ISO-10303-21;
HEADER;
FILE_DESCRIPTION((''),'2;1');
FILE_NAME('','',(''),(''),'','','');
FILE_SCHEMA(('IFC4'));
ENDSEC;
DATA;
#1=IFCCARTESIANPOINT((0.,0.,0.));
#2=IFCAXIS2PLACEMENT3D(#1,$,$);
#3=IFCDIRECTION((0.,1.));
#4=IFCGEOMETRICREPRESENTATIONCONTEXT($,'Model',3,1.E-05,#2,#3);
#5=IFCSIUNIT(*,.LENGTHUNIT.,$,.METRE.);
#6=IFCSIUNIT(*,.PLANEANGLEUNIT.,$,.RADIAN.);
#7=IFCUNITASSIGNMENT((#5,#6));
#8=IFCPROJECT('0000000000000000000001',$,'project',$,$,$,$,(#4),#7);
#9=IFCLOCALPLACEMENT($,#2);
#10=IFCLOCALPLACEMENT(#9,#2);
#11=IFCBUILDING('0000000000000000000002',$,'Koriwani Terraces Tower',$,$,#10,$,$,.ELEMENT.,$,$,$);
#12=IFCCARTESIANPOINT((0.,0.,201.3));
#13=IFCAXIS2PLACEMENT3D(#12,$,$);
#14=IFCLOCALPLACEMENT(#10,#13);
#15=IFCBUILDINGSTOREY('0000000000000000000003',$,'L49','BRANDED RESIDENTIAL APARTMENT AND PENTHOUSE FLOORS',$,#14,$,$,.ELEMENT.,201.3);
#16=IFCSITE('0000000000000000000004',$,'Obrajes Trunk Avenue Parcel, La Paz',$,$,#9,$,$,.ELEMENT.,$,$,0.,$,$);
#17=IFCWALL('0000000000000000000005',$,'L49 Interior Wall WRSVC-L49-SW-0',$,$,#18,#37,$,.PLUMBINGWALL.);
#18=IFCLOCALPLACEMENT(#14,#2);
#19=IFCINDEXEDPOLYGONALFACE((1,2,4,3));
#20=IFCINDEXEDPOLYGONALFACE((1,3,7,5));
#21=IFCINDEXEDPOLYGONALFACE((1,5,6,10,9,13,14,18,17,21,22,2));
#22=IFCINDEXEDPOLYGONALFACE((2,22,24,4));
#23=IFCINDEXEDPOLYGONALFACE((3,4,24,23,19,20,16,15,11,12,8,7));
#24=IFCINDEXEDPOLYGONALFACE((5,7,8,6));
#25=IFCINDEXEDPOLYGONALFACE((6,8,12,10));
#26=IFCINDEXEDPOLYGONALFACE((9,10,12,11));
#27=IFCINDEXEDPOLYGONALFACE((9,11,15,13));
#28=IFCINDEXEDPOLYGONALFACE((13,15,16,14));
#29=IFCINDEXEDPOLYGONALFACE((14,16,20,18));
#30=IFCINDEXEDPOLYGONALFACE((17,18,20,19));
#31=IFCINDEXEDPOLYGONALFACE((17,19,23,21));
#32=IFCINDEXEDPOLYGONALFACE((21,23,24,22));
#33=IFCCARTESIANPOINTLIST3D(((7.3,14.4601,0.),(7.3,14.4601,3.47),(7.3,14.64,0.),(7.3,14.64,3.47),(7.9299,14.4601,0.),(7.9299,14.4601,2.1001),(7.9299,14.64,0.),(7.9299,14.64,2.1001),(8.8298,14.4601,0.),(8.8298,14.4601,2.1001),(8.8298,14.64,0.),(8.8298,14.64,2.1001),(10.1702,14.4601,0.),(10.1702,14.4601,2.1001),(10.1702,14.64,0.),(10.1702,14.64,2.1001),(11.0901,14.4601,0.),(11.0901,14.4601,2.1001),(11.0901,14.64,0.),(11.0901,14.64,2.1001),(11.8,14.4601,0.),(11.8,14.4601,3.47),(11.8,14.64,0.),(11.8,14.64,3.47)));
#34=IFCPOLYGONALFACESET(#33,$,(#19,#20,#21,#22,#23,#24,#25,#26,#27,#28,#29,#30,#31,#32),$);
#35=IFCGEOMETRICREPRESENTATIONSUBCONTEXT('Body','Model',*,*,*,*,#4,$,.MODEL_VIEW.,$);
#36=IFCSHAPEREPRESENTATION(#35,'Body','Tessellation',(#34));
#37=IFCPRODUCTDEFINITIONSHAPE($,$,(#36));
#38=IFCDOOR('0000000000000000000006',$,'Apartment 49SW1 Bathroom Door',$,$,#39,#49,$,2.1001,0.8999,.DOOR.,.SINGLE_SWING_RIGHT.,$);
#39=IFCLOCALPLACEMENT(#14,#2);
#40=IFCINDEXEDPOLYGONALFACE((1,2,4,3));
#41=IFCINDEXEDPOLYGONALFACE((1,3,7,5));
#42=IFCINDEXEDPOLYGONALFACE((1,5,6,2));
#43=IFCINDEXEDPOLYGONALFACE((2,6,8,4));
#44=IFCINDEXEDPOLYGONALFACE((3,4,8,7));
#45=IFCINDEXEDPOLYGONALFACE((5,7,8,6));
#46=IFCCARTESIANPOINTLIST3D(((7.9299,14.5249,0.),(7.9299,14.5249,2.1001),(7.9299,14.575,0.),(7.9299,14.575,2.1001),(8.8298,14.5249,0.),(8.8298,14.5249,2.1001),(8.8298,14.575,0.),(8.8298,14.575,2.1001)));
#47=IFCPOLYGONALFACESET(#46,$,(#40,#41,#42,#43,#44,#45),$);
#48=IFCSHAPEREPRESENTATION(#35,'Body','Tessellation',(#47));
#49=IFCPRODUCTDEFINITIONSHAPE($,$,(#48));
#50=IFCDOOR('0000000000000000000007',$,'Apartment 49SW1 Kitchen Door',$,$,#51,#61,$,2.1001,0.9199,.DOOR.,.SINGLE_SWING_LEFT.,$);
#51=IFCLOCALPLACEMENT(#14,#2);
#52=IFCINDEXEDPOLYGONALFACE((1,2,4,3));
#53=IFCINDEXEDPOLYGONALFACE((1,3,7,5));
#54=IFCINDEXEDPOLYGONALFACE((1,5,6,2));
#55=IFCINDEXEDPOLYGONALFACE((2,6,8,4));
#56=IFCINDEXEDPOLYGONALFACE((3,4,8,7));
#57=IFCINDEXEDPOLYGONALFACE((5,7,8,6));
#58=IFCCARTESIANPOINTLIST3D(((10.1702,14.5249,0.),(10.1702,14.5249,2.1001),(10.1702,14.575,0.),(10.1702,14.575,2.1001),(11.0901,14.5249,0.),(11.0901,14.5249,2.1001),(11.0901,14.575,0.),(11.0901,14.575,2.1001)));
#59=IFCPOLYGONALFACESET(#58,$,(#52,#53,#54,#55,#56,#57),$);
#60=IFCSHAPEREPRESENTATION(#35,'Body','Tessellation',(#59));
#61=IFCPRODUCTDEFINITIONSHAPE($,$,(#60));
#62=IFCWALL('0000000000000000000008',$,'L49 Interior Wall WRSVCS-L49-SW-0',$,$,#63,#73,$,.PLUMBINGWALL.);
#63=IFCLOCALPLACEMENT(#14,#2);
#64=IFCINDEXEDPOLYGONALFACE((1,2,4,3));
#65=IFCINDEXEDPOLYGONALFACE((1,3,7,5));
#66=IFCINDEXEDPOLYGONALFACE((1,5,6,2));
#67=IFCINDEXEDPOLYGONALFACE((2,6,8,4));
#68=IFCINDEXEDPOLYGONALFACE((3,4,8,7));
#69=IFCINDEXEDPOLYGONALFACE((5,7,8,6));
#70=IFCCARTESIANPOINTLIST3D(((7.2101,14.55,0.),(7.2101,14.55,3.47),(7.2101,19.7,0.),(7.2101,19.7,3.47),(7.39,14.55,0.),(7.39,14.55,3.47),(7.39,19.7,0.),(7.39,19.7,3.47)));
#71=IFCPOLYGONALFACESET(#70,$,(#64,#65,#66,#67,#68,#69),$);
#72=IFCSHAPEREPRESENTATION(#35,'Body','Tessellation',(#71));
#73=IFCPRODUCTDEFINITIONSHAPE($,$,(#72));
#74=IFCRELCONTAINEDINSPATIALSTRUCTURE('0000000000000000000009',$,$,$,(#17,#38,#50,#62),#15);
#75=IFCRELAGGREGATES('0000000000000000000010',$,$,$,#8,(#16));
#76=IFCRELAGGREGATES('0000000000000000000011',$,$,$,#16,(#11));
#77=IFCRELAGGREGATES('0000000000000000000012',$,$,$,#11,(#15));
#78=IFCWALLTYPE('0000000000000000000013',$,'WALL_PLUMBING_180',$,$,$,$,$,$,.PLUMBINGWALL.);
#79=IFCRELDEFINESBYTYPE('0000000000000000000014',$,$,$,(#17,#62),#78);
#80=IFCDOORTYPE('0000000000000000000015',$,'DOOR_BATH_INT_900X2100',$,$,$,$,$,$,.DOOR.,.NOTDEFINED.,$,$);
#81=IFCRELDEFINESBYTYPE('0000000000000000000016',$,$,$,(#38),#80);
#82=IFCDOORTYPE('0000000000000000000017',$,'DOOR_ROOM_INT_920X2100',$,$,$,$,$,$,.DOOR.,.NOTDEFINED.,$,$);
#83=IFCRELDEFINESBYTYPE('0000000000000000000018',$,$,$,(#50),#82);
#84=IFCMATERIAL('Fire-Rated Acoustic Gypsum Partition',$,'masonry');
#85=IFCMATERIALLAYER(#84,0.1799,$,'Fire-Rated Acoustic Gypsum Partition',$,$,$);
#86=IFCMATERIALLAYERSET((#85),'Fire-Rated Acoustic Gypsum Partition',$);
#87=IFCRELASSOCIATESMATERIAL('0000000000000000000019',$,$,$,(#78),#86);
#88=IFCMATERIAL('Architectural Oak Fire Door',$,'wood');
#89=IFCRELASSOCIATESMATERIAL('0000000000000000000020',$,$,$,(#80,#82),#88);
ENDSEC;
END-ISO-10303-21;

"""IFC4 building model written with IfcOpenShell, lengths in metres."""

from ifc_helpers import new_model, si_unit, direction, frame, frame_2d, origin, place, context, subcontext, project, spatial, rectangle, extrude, material, layer, layer_set, type_object, element, fill, save


model = new_model("IFC4")

# Units and contexts
model_context = context("Model", 3, precision=1e-05, world=origin(), true_north=direction((0.0, 1.0)))
body_context = subcontext(model_context, "Body", "Model", "MODEL_VIEW")
ifc_project = project(units=[si_unit("LENGTHUNIT", "METRE"), si_unit("PLANEANGLEUNIT", "RADIAN")], contexts=[model_context])

# Site, building, storey
site_placement = place(None, origin())
site = spatial("IfcSite", under=ifc_project, at=site_placement, Name="Obrajes Trunk Avenue Parcel, La Paz", CompositionType="ELEMENT", RefElevation=0.0)
building_placement = place(site_placement, origin())
building = spatial("IfcBuilding", under=site, at=building_placement, Name="Koriwani Terraces Tower", CompositionType="ELEMENT")
storey_placement = place(building_placement, frame((0.0, 0.0, 201.3)))
storey = spatial("IfcBuildingStorey", under=building, at=storey_placement, Name="L49", Description="BRANDED RESIDENTIAL APARTMENT AND PENTHOUSE FLOORS", CompositionType="ELEMENT", Elevation=201.3)

# Wall, openings, doors
ifc_material_1 = material(Name="Fire-Rated Acoustic Gypsum Partition", Category="masonry")
ifc_layer_1 = layer(ifc_material_1, 0.1799, Name="Fire-Rated Acoustic Gypsum Partition")
ifc_layer_set_1 = layer_set([ifc_layer_1], Name="Fire-Rated Acoustic Gypsum Partition")
wall_type_1 = type_object("IfcWallType", Name="WALL_PLUMBING_180", PredefinedType="PLUMBINGWALL", material=ifc_layer_set_1)
wall_1_placement = place(storey_placement, frame((7.3, 14.55, 0.0), z_axis=(0.0, 0.0, 1.0), x_axis=(1.0, 0.0, 0.0)))
wall_1 = element("IfcWall", 1, at=wall_1_placement, inside=storey, type_object=wall_type_1, Name="L49 Interior Wall WRSVC-L49-SW-0", PredefinedType="PLUMBINGWALL", context=body_context, shape_type="SweptSolid", body=[
    extrude(rectangle(XDim=4.5, YDim=0.1799, at=frame_2d((2.25, 0.0))), origin(), (0.0, 0.0, 1.0), 3.47),
])
opening_1_placement = place(wall_1_placement, frame((0.6299, 0.0, 0.0)))
opening_1 = element("IfcOpeningElement", 2, at=opening_1_placement, cuts=wall_1, PredefinedType="OPENING", context=body_context, shape_type="SweptSolid", body=[
    extrude(rectangle(XDim=0.8999, YDim=2.1001, at=frame_2d((0.45, 1.05))), frame((0.0, 0.1001, 0.0), z_axis=(0.0, -1.0, 0.0), x_axis=(1.0, 0.0, 0.0)), (0.0, 0.0, 1.0), 0.2),
])
opening_2_placement = place(wall_1_placement, frame((2.8701, 0.0, 0.0)))
opening_2 = element("IfcOpeningElement", 3, at=opening_2_placement, cuts=wall_1, PredefinedType="OPENING", context=body_context, shape_type="SweptSolid", body=[
    extrude(rectangle(XDim=0.9199, YDim=2.1001, at=frame_2d((0.46, 1.05))), frame((0.0, 0.1001, 0.0), z_axis=(0.0, -1.0, 0.0), x_axis=(1.0, 0.0, 0.0)), (0.0, 0.0, 1.0), 0.2),
])
ifc_material_2 = material(Name="Architectural Oak Fire Door", Category="wood")
door_type_1 = type_object("IfcDoorType", Name="DOOR_BATH_INT_900X2100", OperationType="NOTDEFINED", PredefinedType="DOOR", material=ifc_material_2)
door_1_placement = place(opening_1_placement, origin())
door_1 = element("IfcDoor", 4, at=door_1_placement, inside=storey, type_object=door_type_1, Name="Apartment 49SW1 Bathroom Door", OperationType="SINGLE_SWING_RIGHT", OverallHeight=2.1001, OverallWidth=0.8999, PredefinedType="DOOR", context=body_context, shape_type="SweptSolid", body=[
    extrude(rectangle(XDim=0.8999, YDim=2.1001, at=frame_2d((0.45, 1.05))), frame((0.0, 0.0249, 0.0), z_axis=(0.0, -1.0, 0.0), x_axis=(1.0, 0.0, 0.0)), (0.0, 0.0, 1.0), 0.05),
])
fill(opening_1, door_1)
door_type_2 = type_object("IfcDoorType", Name="DOOR_ROOM_INT_920X2100", OperationType="NOTDEFINED", PredefinedType="DOOR", material=ifc_material_2)
door_2_placement = place(opening_2_placement, origin())
door_2 = element("IfcDoor", 5, at=door_2_placement, inside=storey, type_object=door_type_2, Name="Apartment 49SW1 Kitchen Door", OperationType="SINGLE_SWING_LEFT", OverallHeight=2.1001, OverallWidth=0.9199, PredefinedType="DOOR", context=body_context, shape_type="SweptSolid", body=[
    extrude(rectangle(XDim=0.9199, YDim=2.1001, at=frame_2d((0.46, 1.05))), frame((0.0, 0.0249, 0.0), z_axis=(0.0, -1.0, 0.0), x_axis=(1.0, 0.0, 0.0)), (0.0, 0.0, 1.0), 0.05),
])
fill(opening_2, door_2)

# Wall
wall_2_placement = place(storey_placement, frame((7.3, 14.55, 0.0), z_axis=(0.0, 0.0, 1.0), x_axis=(0.0, 1.0, 0.0)))
element("IfcWall", 6, at=wall_2_placement, inside=storey, type_object=wall_type_1, Name="L49 Interior Wall WRSVCS-L49-SW-0", PredefinedType="PLUMBINGWALL", context=body_context, shape_type="SweptSolid", body=[
    extrude(rectangle(XDim=5.1499, YDim=0.1799, at=frame_2d((2.575, 0.0))), origin(), (0.0, 0.0, 1.0), 3.47),
])

save(model, "model.ifc")
